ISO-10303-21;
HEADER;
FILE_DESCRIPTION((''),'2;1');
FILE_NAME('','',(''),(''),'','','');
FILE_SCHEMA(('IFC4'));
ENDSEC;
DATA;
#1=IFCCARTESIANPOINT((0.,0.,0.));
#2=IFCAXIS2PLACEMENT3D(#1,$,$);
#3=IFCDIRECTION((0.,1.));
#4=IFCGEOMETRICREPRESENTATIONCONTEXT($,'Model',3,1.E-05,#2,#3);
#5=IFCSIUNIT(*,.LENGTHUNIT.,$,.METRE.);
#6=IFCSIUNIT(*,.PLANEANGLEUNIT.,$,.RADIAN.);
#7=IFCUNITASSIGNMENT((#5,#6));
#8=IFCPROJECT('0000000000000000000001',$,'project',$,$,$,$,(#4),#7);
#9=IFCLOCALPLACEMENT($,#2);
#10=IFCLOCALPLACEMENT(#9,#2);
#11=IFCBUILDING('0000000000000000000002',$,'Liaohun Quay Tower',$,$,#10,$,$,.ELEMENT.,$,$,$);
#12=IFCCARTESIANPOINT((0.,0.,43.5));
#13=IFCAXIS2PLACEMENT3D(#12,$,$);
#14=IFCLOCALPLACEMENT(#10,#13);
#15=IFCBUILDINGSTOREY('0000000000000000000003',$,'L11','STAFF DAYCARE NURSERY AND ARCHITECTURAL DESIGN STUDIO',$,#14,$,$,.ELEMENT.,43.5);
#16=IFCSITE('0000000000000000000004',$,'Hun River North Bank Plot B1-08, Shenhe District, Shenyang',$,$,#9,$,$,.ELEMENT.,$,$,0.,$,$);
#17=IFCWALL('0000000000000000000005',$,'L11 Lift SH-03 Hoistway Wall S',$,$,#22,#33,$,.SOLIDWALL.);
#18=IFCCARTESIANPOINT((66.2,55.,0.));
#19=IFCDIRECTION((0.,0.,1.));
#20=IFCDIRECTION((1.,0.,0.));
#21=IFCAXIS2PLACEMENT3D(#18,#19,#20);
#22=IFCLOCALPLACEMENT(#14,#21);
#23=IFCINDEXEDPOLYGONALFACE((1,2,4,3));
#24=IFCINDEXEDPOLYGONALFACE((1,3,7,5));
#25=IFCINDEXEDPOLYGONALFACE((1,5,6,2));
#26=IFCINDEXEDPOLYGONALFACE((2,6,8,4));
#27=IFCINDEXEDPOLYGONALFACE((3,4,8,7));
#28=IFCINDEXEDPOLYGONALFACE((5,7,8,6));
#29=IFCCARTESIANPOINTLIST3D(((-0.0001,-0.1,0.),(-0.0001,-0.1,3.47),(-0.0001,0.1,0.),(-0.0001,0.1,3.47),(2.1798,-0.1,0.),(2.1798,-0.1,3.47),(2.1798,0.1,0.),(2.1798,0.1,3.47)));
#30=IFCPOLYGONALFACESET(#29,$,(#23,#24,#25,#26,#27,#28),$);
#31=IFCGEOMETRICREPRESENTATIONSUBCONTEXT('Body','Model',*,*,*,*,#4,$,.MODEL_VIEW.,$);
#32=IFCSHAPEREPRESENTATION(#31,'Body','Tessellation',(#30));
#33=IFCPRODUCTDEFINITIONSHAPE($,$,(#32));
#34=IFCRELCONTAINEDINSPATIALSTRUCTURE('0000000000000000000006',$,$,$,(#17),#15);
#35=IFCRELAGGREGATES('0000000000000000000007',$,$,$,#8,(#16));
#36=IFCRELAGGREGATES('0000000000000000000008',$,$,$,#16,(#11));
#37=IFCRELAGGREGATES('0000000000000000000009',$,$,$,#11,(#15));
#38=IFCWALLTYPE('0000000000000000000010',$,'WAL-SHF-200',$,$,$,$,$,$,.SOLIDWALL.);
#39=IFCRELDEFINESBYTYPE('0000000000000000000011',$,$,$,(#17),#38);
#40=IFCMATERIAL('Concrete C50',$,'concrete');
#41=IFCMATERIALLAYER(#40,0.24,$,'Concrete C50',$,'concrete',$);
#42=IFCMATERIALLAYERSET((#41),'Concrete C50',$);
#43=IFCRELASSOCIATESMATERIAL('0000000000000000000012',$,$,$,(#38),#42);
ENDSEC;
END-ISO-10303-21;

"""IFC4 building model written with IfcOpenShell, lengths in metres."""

from ifc_helpers import new_model, si_unit, direction, frame, frame_2d, origin, place, context, subcontext, project, spatial, rectangle, extrude, material, layer, layer_set, type_object, element, save


model = new_model("IFC4")

# Units and contexts
model_context = context("Model", 3, precision=1e-05, world=origin(), true_north=direction((0.0, 1.0)))
body_context = subcontext(model_context, "Body", "Model", "MODEL_VIEW")
ifc_project = project(units=[si_unit("LENGTHUNIT", "METRE"), si_unit("PLANEANGLEUNIT", "RADIAN")], contexts=[model_context])

# Site, building, storey
site_placement = place(None, origin())
site = spatial("IfcSite", under=ifc_project, at=site_placement, Name="Hun River North Bank Plot B1-08, Shenhe District, Shenyang", CompositionType="ELEMENT", RefElevation=0.0)
building_placement = place(site_placement, origin())
building = spatial("IfcBuilding", under=site, at=building_placement, Name="Liaohun Quay Tower", CompositionType="ELEMENT")
storey_placement = place(building_placement, frame((0.0, 0.0, 43.5)))
storey = spatial("IfcBuildingStorey", under=building, at=storey_placement, Name="L11", Description="STAFF DAYCARE NURSERY AND ARCHITECTURAL DESIGN STUDIO", CompositionType="ELEMENT", Elevation=43.5)

# Shared definitions
ifc_material_1 = material(Name="Concrete C50", Category="concrete")
ifc_layer_1 = layer(ifc_material_1, 0.24, Name="Concrete C50", Category="concrete")
ifc_layer_set_1 = layer_set([ifc_layer_1], Name="Concrete C50")
wall_type_1 = type_object("IfcWallType", Name="WAL-SHF-200", PredefinedType="SOLIDWALL", material=ifc_layer_set_1)

# Wall
wall_1_placement = place(storey_placement, frame((66.2, 55.0, 0.0), z_axis=(0.0, 0.0, 1.0), x_axis=(1.0, 0.0, 0.0)))
element("IfcWall", 1, at=wall_1_placement, inside=storey, type_object=wall_type_1, Name="L11 Lift SH-03 Hoistway Wall S", PredefinedType="SOLIDWALL", context=body_context, shape_type="SweptSolid", body=[
    extrude(rectangle(XDim=2.1799, YDim=0.2, at=frame_2d((1.0898, 0.0))), origin(), (0.0, 0.0, 1.0), 3.47),
])

save(model, "model.ifc")
